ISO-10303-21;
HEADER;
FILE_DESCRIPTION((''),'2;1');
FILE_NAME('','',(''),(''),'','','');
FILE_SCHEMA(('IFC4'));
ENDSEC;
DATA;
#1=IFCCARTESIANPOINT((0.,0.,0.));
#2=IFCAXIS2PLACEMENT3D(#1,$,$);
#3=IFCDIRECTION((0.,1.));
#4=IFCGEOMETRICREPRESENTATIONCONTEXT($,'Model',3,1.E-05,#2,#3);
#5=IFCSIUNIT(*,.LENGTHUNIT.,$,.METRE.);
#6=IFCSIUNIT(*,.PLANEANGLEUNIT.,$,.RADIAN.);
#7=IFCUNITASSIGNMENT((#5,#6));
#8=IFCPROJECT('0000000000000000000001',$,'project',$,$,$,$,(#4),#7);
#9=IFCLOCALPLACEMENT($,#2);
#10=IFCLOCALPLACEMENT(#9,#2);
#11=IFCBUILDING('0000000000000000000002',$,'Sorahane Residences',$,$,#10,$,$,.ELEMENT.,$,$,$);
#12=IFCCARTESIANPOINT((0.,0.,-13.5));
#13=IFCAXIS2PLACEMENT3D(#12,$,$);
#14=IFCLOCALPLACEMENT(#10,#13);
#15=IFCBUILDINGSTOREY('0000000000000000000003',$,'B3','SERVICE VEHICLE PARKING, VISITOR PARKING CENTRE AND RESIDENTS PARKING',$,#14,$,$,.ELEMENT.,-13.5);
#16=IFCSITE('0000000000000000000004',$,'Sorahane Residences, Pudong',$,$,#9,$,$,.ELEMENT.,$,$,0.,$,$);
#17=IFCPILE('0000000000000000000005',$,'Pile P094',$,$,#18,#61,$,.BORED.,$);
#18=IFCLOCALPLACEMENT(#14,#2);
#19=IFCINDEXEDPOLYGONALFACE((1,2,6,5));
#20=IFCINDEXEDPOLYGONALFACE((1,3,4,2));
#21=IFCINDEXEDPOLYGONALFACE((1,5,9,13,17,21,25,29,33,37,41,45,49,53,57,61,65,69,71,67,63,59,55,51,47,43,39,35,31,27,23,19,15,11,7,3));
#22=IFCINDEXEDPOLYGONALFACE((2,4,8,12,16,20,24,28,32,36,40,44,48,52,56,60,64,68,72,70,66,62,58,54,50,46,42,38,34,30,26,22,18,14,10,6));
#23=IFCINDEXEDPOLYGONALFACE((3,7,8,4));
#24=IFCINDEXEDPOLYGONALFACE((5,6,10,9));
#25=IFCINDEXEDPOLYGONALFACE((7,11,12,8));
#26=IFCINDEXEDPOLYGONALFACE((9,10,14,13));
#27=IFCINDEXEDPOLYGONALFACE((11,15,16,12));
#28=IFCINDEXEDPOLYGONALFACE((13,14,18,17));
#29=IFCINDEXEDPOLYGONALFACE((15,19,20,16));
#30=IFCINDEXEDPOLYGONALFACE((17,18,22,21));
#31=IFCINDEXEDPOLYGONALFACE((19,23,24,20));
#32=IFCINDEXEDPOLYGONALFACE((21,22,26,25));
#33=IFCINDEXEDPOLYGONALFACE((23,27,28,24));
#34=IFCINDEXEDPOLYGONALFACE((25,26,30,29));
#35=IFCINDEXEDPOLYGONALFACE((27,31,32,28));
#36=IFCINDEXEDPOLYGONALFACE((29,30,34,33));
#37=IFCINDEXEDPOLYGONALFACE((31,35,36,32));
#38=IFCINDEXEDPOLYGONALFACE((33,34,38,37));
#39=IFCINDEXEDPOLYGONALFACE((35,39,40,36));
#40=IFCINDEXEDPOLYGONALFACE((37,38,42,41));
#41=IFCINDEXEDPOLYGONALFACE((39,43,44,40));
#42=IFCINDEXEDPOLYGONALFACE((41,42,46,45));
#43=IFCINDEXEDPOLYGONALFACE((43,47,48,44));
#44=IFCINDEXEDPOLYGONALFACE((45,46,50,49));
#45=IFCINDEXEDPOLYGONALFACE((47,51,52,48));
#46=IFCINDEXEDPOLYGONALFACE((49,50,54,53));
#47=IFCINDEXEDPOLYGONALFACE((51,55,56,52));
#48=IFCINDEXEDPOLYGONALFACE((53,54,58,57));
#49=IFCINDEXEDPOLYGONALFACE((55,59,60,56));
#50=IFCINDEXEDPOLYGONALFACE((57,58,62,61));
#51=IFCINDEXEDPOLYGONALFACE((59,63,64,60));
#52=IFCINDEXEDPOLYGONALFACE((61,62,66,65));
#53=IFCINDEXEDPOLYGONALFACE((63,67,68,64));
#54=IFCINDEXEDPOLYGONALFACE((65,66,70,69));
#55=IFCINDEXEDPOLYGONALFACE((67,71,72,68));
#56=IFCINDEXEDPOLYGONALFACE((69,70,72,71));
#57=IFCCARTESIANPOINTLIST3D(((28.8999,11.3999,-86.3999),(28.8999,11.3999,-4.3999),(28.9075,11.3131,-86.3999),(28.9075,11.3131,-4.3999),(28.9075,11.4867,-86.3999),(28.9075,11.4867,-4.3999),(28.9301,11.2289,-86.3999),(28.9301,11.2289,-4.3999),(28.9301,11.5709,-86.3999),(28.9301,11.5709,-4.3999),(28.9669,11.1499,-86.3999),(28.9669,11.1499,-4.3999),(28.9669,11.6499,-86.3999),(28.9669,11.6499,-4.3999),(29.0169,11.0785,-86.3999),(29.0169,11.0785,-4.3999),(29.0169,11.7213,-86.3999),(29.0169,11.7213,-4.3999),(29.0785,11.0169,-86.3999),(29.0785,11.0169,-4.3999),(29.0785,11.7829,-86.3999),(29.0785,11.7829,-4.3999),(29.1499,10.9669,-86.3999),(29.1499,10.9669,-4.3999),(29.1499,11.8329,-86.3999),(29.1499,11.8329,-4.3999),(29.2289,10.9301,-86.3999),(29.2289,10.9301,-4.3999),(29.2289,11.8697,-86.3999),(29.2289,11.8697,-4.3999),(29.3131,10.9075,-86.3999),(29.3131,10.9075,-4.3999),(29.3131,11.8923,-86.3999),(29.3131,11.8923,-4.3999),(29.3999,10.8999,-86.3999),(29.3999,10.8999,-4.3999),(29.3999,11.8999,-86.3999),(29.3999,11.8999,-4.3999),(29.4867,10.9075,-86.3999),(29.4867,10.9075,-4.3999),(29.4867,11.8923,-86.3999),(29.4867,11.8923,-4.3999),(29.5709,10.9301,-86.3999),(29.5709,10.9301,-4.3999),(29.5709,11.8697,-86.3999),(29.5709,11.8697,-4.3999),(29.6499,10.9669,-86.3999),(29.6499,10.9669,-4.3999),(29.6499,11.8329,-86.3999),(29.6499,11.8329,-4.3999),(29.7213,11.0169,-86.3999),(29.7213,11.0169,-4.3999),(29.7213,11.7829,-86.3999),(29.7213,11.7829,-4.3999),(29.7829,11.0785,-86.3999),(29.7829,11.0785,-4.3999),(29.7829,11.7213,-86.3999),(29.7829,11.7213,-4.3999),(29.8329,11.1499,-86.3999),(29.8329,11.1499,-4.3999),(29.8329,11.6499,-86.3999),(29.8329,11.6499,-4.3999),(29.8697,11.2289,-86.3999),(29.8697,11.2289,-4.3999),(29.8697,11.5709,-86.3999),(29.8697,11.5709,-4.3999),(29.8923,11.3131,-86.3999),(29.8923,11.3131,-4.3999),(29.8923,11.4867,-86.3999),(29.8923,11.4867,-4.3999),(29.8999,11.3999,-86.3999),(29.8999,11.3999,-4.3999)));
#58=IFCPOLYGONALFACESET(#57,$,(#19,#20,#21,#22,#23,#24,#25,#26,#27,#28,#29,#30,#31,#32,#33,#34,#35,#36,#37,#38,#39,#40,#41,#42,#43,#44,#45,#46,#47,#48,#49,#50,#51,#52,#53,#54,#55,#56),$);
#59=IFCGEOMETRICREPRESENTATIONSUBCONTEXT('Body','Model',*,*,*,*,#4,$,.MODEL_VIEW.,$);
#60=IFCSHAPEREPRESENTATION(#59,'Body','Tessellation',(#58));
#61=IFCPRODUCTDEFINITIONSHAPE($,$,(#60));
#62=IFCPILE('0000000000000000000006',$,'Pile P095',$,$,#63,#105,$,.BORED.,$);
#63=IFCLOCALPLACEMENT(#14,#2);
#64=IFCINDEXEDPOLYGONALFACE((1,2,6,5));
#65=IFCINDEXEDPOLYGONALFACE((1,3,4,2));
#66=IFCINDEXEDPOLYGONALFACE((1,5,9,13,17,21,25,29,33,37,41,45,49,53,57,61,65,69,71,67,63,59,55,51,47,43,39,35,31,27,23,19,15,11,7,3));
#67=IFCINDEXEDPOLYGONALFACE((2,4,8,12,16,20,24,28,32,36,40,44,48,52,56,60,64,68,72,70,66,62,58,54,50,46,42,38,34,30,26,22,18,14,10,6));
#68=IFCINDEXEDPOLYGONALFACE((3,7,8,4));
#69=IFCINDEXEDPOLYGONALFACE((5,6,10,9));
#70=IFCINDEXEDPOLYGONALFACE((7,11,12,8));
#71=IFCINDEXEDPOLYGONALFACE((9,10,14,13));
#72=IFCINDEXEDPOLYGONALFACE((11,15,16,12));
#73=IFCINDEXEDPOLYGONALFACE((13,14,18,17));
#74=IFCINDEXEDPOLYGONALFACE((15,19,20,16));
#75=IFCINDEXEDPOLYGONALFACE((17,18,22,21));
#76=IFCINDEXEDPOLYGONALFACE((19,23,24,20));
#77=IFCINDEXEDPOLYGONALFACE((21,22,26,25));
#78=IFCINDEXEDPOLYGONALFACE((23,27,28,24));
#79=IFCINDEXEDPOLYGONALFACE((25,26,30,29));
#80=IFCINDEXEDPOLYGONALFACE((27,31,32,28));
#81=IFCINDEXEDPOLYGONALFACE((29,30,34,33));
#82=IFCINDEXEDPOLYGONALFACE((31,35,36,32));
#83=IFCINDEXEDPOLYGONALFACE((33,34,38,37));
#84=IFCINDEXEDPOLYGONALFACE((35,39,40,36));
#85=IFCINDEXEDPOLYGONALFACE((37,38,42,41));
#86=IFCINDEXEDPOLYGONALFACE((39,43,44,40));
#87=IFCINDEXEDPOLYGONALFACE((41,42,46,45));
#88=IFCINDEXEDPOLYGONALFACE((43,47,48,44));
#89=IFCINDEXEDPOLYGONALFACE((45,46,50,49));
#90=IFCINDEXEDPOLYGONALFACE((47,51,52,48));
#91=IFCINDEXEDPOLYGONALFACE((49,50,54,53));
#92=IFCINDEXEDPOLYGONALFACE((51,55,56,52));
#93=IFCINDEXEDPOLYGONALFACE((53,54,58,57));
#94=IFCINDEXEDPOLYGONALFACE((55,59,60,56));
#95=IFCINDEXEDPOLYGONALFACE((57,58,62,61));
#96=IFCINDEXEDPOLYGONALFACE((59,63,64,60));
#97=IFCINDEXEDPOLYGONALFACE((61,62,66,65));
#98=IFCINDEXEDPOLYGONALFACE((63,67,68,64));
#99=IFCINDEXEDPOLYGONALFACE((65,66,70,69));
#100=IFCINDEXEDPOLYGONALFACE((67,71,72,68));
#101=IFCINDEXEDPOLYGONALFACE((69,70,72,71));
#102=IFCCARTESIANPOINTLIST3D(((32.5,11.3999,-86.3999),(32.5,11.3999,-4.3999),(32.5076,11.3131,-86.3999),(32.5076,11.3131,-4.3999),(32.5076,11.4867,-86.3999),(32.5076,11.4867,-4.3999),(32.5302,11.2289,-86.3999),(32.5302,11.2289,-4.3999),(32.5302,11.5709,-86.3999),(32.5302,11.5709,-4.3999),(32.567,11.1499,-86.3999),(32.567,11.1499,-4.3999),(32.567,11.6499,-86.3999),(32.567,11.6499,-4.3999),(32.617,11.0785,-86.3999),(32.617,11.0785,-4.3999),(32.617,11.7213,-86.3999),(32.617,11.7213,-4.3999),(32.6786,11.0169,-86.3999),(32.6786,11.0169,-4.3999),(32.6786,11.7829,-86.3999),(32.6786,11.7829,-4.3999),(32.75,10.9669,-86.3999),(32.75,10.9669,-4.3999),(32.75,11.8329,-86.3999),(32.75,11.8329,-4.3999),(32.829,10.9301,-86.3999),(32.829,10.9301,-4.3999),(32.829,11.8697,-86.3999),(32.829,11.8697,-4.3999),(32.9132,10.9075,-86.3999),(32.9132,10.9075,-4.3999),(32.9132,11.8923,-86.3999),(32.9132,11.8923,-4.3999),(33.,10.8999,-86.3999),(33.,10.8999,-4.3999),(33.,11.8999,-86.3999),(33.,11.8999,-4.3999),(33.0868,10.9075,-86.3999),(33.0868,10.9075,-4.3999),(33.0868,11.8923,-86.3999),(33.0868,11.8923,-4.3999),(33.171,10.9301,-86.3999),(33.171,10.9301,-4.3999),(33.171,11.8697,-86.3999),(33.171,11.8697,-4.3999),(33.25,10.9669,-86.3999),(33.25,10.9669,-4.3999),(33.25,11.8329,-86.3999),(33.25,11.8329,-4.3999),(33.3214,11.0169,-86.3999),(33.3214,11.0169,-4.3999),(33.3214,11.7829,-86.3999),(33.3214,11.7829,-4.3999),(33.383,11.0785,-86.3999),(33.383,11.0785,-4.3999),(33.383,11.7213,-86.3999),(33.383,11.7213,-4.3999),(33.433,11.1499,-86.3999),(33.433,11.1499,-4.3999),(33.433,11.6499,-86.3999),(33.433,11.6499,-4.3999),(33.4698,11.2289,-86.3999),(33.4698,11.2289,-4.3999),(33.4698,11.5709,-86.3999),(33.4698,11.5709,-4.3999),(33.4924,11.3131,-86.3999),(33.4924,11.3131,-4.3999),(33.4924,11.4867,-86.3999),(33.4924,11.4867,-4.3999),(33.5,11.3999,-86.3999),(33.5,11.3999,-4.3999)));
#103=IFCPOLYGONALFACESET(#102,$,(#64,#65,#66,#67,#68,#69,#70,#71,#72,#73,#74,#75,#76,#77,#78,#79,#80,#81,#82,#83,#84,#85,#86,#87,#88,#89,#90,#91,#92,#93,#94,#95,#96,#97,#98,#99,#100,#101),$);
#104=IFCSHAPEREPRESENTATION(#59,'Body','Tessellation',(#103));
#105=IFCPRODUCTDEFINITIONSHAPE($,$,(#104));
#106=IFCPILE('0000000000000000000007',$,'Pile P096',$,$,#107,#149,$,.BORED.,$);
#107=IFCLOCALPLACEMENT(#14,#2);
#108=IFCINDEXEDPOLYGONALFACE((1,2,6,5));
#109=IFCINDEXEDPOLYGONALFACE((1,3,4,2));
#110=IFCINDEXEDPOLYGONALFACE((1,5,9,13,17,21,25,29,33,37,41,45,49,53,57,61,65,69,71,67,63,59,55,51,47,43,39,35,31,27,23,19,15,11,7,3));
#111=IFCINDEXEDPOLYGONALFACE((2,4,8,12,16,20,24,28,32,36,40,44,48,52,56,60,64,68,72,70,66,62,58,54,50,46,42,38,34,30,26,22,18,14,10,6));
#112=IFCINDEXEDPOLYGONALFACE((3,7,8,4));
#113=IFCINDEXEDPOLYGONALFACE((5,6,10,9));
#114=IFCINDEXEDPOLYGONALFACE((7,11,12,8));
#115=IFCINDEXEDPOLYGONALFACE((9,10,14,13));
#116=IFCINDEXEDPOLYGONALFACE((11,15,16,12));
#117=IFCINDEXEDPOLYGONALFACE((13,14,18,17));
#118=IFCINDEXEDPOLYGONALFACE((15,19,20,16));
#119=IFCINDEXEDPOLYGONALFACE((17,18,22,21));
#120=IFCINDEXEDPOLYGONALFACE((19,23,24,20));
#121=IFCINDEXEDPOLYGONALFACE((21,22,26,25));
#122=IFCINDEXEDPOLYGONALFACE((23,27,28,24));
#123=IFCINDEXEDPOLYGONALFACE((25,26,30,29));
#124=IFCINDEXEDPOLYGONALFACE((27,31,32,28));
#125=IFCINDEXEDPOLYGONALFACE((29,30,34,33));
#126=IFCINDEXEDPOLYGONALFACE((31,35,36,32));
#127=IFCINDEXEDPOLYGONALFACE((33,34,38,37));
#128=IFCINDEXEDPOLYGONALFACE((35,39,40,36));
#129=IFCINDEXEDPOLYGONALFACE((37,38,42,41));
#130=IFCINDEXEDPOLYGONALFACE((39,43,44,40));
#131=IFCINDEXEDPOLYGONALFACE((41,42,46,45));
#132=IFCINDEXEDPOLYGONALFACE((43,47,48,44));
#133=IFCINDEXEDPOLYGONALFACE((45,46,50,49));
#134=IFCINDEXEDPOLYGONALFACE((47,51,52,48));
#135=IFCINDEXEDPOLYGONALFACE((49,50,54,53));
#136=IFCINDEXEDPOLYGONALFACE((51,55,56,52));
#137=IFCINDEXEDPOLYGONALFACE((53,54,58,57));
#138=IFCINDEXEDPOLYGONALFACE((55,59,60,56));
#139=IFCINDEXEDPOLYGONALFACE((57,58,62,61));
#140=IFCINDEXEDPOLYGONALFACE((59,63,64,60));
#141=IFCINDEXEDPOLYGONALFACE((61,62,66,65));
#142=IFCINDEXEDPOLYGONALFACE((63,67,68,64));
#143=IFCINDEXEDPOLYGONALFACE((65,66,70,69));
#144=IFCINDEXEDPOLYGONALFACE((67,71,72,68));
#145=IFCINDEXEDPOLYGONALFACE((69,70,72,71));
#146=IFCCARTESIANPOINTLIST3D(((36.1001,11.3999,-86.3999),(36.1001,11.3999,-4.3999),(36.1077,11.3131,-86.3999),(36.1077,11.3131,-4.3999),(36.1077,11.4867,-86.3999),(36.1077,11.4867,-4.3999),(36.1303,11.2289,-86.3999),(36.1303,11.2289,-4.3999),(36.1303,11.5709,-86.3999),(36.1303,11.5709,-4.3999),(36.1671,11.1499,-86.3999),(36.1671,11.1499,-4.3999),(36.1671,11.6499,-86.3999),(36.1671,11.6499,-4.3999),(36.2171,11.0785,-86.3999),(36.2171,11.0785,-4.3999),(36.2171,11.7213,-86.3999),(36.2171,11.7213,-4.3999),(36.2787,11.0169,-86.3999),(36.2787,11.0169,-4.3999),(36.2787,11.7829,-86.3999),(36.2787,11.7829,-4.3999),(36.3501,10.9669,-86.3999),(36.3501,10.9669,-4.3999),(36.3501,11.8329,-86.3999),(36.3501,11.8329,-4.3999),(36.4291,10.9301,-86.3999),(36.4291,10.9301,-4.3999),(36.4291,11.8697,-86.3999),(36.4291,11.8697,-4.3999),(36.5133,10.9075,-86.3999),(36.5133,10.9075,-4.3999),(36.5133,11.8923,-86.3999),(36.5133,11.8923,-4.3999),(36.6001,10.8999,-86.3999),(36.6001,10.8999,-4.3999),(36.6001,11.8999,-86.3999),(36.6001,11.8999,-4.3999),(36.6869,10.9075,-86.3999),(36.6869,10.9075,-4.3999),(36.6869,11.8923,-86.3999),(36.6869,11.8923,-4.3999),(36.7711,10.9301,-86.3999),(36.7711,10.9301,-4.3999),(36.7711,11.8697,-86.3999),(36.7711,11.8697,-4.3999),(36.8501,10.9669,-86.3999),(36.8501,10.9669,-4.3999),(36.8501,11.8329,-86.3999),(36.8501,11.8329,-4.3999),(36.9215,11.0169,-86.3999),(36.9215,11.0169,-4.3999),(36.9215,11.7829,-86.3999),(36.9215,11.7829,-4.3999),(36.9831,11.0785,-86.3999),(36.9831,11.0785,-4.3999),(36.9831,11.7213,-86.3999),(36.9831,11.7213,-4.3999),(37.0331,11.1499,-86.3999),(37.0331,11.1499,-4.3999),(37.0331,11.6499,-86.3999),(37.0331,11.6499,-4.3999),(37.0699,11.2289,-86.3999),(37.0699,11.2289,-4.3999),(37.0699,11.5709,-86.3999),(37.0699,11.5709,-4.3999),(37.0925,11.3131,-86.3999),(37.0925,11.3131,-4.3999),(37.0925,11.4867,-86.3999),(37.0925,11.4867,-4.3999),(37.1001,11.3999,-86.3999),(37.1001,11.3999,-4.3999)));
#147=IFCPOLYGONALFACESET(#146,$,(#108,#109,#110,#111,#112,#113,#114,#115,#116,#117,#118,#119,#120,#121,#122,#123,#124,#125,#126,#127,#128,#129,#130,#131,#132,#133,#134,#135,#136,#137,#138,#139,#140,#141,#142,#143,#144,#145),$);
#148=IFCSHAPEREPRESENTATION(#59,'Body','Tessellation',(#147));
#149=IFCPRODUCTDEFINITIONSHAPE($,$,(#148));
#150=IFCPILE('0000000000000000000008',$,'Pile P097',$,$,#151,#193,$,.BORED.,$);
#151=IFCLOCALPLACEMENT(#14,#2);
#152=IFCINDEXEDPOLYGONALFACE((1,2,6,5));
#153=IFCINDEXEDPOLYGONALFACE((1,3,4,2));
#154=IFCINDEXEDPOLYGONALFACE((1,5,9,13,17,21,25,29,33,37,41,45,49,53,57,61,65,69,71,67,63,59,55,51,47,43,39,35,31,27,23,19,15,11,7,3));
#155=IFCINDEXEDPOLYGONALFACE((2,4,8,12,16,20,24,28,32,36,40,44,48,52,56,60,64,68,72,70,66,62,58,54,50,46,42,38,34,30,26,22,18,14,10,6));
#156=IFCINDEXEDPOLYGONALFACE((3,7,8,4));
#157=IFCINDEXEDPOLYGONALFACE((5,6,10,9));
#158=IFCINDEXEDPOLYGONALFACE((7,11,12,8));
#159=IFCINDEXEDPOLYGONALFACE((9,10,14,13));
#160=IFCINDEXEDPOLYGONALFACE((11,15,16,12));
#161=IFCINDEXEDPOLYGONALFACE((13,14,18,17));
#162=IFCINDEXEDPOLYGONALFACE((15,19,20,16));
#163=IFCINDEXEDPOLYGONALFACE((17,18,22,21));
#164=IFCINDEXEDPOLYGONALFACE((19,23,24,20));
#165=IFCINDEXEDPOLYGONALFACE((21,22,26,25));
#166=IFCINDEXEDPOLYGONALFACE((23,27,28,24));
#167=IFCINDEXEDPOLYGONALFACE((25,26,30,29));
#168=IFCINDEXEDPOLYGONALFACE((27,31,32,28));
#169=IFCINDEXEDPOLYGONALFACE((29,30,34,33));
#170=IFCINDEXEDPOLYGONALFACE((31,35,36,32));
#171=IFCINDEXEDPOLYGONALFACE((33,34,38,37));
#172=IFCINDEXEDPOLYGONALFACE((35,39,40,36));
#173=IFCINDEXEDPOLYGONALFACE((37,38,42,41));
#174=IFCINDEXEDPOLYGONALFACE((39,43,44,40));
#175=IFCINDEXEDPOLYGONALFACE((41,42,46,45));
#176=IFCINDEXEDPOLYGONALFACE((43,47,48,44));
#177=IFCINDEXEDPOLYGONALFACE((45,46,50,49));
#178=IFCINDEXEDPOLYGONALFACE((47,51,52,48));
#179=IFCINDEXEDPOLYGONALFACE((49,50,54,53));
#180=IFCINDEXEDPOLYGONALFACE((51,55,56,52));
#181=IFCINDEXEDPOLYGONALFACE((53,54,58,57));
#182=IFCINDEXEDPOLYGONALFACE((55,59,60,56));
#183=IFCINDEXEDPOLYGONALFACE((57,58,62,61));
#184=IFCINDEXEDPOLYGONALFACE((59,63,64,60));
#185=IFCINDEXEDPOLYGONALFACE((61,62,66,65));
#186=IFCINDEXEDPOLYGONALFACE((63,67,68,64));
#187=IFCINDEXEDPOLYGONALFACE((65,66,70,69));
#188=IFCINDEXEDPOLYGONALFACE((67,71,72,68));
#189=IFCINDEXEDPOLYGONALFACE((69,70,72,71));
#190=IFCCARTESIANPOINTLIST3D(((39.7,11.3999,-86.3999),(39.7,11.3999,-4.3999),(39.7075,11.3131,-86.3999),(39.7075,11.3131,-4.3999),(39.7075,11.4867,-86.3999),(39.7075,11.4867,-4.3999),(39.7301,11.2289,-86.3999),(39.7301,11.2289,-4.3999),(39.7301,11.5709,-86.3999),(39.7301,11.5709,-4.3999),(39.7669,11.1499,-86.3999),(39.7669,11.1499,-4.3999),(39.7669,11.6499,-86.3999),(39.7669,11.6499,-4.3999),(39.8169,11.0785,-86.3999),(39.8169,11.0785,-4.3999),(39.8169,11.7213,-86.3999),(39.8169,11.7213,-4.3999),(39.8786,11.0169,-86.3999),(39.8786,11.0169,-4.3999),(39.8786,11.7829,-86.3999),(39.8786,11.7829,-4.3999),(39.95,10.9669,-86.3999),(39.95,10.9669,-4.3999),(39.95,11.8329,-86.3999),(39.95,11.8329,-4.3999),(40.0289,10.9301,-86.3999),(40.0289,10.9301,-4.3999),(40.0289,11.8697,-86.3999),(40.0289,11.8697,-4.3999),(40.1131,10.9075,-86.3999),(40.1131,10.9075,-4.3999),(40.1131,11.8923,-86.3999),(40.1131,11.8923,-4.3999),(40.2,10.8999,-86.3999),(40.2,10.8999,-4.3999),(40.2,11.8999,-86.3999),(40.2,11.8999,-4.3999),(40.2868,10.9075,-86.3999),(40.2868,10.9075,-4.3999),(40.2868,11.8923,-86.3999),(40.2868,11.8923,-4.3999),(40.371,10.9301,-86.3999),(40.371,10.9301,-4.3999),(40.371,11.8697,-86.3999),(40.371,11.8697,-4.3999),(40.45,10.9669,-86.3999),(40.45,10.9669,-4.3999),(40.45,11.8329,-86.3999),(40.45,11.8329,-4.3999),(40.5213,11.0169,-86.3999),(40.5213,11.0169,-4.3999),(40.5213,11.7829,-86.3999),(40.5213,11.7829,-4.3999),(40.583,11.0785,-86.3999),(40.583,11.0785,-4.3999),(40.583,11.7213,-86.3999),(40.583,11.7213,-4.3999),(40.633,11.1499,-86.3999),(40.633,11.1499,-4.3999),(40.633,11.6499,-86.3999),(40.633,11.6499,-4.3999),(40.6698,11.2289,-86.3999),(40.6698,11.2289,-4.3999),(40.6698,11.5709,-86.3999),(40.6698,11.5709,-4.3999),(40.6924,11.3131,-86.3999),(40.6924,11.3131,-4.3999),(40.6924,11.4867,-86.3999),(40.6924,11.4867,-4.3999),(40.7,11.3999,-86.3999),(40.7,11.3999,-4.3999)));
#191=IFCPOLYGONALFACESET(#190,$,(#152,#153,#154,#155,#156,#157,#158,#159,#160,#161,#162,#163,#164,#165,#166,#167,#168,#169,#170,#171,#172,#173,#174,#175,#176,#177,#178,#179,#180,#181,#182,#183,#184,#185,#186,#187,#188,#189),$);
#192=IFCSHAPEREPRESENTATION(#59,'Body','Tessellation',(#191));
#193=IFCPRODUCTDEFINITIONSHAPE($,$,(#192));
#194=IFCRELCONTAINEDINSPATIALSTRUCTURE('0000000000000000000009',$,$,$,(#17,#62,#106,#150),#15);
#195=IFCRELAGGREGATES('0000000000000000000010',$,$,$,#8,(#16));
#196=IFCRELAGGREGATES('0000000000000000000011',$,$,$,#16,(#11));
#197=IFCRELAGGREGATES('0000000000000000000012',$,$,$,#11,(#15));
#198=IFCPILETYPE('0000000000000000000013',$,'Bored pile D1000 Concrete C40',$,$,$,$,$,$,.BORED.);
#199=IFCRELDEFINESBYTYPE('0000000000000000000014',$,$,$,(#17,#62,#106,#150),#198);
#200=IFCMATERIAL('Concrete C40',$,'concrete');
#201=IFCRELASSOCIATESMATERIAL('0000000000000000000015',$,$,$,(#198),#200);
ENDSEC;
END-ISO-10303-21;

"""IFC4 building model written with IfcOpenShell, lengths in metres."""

from ifc_helpers import new_model, si_unit, direction, frame, origin, origin_2d, place, context, subcontext, project, spatial, circle, extrude, material, material_profile, profile_set, type_object, element, save


model = new_model("IFC4")

# Units and contexts
model_context = context("Model", 3, precision=1e-05, world=origin(), true_north=direction((0.0, 1.0)))
body_context = subcontext(model_context, "Body", "Model", "MODEL_VIEW")
ifc_project = project(units=[si_unit("LENGTHUNIT", "METRE"), si_unit("PLANEANGLEUNIT", "RADIAN")], contexts=[model_context])

# Site, building, storey
site_placement = place(None, origin())
site = spatial("IfcSite", under=ifc_project, at=site_placement, Name="Sorahane Residences, Pudong", CompositionType="ELEMENT", RefElevation=0.0)
building_placement = place(site_placement, origin())
building = spatial("IfcBuilding", under=site, at=building_placement, Name="Sorahane Residences", CompositionType="ELEMENT")
storey_placement = place(building_placement, frame((0.0, 0.0, -13.5)))
storey = spatial("IfcBuildingStorey", under=building, at=storey_placement, Name="B3", Description="SERVICE VEHICLE PARKING, VISITOR PARKING CENTRE AND RESIDENTS PARKING", CompositionType="ELEMENT", Elevation=-13.5)

# Piles
ifc_material_1 = material(Name="Concrete C40", Category="concrete")
ifc_material_profile_1 = material_profile(ifc_material_1, circle(Radius=0.5, at=origin_2d()), Name="D1000")
ifc_profile_set_1 = profile_set([ifc_material_profile_1], Name="Concrete C40")
pile_type = type_object("IfcPileType", Name="Bored pile D1000 Concrete C40", PredefinedType="BORED", material=ifc_profile_set_1)
for number, where, z_axis, x_axis, name in (
    (1, (29.3999, 11.3999, -4.3999), (0.0, 0.0, -1.0), (1.0, 0.0, 0.0), "Pile P094"),
    (2, (33.0, 11.3999, -4.3999), (0.0, 0.0, -1.0), (1.0, 0.0, 0.0), "Pile P095"),
    (3, (36.6001, 11.3999, -4.3999), (0.0, 0.0, -1.0), (1.0, 0.0, 0.0), "Pile P096"),
    (4, (40.2, 11.3999, -4.3999), (0.0, 0.0, -1.0), (1.0, 0.0, 0.0), "Pile P097"),
):
    element("IfcPile", number, at=place(storey_placement, frame(where, z_axis=z_axis, x_axis=x_axis)), inside=storey, type_object=pile_type, Name=name, PredefinedType="BORED", context=body_context, shape_type="SweptSolid", body=[
        extrude(circle(Radius=0.5, at=origin_2d()), origin(), (0.0, 0.0, 1.0), 82.0),
    ])

save(model, "model.ifc")
